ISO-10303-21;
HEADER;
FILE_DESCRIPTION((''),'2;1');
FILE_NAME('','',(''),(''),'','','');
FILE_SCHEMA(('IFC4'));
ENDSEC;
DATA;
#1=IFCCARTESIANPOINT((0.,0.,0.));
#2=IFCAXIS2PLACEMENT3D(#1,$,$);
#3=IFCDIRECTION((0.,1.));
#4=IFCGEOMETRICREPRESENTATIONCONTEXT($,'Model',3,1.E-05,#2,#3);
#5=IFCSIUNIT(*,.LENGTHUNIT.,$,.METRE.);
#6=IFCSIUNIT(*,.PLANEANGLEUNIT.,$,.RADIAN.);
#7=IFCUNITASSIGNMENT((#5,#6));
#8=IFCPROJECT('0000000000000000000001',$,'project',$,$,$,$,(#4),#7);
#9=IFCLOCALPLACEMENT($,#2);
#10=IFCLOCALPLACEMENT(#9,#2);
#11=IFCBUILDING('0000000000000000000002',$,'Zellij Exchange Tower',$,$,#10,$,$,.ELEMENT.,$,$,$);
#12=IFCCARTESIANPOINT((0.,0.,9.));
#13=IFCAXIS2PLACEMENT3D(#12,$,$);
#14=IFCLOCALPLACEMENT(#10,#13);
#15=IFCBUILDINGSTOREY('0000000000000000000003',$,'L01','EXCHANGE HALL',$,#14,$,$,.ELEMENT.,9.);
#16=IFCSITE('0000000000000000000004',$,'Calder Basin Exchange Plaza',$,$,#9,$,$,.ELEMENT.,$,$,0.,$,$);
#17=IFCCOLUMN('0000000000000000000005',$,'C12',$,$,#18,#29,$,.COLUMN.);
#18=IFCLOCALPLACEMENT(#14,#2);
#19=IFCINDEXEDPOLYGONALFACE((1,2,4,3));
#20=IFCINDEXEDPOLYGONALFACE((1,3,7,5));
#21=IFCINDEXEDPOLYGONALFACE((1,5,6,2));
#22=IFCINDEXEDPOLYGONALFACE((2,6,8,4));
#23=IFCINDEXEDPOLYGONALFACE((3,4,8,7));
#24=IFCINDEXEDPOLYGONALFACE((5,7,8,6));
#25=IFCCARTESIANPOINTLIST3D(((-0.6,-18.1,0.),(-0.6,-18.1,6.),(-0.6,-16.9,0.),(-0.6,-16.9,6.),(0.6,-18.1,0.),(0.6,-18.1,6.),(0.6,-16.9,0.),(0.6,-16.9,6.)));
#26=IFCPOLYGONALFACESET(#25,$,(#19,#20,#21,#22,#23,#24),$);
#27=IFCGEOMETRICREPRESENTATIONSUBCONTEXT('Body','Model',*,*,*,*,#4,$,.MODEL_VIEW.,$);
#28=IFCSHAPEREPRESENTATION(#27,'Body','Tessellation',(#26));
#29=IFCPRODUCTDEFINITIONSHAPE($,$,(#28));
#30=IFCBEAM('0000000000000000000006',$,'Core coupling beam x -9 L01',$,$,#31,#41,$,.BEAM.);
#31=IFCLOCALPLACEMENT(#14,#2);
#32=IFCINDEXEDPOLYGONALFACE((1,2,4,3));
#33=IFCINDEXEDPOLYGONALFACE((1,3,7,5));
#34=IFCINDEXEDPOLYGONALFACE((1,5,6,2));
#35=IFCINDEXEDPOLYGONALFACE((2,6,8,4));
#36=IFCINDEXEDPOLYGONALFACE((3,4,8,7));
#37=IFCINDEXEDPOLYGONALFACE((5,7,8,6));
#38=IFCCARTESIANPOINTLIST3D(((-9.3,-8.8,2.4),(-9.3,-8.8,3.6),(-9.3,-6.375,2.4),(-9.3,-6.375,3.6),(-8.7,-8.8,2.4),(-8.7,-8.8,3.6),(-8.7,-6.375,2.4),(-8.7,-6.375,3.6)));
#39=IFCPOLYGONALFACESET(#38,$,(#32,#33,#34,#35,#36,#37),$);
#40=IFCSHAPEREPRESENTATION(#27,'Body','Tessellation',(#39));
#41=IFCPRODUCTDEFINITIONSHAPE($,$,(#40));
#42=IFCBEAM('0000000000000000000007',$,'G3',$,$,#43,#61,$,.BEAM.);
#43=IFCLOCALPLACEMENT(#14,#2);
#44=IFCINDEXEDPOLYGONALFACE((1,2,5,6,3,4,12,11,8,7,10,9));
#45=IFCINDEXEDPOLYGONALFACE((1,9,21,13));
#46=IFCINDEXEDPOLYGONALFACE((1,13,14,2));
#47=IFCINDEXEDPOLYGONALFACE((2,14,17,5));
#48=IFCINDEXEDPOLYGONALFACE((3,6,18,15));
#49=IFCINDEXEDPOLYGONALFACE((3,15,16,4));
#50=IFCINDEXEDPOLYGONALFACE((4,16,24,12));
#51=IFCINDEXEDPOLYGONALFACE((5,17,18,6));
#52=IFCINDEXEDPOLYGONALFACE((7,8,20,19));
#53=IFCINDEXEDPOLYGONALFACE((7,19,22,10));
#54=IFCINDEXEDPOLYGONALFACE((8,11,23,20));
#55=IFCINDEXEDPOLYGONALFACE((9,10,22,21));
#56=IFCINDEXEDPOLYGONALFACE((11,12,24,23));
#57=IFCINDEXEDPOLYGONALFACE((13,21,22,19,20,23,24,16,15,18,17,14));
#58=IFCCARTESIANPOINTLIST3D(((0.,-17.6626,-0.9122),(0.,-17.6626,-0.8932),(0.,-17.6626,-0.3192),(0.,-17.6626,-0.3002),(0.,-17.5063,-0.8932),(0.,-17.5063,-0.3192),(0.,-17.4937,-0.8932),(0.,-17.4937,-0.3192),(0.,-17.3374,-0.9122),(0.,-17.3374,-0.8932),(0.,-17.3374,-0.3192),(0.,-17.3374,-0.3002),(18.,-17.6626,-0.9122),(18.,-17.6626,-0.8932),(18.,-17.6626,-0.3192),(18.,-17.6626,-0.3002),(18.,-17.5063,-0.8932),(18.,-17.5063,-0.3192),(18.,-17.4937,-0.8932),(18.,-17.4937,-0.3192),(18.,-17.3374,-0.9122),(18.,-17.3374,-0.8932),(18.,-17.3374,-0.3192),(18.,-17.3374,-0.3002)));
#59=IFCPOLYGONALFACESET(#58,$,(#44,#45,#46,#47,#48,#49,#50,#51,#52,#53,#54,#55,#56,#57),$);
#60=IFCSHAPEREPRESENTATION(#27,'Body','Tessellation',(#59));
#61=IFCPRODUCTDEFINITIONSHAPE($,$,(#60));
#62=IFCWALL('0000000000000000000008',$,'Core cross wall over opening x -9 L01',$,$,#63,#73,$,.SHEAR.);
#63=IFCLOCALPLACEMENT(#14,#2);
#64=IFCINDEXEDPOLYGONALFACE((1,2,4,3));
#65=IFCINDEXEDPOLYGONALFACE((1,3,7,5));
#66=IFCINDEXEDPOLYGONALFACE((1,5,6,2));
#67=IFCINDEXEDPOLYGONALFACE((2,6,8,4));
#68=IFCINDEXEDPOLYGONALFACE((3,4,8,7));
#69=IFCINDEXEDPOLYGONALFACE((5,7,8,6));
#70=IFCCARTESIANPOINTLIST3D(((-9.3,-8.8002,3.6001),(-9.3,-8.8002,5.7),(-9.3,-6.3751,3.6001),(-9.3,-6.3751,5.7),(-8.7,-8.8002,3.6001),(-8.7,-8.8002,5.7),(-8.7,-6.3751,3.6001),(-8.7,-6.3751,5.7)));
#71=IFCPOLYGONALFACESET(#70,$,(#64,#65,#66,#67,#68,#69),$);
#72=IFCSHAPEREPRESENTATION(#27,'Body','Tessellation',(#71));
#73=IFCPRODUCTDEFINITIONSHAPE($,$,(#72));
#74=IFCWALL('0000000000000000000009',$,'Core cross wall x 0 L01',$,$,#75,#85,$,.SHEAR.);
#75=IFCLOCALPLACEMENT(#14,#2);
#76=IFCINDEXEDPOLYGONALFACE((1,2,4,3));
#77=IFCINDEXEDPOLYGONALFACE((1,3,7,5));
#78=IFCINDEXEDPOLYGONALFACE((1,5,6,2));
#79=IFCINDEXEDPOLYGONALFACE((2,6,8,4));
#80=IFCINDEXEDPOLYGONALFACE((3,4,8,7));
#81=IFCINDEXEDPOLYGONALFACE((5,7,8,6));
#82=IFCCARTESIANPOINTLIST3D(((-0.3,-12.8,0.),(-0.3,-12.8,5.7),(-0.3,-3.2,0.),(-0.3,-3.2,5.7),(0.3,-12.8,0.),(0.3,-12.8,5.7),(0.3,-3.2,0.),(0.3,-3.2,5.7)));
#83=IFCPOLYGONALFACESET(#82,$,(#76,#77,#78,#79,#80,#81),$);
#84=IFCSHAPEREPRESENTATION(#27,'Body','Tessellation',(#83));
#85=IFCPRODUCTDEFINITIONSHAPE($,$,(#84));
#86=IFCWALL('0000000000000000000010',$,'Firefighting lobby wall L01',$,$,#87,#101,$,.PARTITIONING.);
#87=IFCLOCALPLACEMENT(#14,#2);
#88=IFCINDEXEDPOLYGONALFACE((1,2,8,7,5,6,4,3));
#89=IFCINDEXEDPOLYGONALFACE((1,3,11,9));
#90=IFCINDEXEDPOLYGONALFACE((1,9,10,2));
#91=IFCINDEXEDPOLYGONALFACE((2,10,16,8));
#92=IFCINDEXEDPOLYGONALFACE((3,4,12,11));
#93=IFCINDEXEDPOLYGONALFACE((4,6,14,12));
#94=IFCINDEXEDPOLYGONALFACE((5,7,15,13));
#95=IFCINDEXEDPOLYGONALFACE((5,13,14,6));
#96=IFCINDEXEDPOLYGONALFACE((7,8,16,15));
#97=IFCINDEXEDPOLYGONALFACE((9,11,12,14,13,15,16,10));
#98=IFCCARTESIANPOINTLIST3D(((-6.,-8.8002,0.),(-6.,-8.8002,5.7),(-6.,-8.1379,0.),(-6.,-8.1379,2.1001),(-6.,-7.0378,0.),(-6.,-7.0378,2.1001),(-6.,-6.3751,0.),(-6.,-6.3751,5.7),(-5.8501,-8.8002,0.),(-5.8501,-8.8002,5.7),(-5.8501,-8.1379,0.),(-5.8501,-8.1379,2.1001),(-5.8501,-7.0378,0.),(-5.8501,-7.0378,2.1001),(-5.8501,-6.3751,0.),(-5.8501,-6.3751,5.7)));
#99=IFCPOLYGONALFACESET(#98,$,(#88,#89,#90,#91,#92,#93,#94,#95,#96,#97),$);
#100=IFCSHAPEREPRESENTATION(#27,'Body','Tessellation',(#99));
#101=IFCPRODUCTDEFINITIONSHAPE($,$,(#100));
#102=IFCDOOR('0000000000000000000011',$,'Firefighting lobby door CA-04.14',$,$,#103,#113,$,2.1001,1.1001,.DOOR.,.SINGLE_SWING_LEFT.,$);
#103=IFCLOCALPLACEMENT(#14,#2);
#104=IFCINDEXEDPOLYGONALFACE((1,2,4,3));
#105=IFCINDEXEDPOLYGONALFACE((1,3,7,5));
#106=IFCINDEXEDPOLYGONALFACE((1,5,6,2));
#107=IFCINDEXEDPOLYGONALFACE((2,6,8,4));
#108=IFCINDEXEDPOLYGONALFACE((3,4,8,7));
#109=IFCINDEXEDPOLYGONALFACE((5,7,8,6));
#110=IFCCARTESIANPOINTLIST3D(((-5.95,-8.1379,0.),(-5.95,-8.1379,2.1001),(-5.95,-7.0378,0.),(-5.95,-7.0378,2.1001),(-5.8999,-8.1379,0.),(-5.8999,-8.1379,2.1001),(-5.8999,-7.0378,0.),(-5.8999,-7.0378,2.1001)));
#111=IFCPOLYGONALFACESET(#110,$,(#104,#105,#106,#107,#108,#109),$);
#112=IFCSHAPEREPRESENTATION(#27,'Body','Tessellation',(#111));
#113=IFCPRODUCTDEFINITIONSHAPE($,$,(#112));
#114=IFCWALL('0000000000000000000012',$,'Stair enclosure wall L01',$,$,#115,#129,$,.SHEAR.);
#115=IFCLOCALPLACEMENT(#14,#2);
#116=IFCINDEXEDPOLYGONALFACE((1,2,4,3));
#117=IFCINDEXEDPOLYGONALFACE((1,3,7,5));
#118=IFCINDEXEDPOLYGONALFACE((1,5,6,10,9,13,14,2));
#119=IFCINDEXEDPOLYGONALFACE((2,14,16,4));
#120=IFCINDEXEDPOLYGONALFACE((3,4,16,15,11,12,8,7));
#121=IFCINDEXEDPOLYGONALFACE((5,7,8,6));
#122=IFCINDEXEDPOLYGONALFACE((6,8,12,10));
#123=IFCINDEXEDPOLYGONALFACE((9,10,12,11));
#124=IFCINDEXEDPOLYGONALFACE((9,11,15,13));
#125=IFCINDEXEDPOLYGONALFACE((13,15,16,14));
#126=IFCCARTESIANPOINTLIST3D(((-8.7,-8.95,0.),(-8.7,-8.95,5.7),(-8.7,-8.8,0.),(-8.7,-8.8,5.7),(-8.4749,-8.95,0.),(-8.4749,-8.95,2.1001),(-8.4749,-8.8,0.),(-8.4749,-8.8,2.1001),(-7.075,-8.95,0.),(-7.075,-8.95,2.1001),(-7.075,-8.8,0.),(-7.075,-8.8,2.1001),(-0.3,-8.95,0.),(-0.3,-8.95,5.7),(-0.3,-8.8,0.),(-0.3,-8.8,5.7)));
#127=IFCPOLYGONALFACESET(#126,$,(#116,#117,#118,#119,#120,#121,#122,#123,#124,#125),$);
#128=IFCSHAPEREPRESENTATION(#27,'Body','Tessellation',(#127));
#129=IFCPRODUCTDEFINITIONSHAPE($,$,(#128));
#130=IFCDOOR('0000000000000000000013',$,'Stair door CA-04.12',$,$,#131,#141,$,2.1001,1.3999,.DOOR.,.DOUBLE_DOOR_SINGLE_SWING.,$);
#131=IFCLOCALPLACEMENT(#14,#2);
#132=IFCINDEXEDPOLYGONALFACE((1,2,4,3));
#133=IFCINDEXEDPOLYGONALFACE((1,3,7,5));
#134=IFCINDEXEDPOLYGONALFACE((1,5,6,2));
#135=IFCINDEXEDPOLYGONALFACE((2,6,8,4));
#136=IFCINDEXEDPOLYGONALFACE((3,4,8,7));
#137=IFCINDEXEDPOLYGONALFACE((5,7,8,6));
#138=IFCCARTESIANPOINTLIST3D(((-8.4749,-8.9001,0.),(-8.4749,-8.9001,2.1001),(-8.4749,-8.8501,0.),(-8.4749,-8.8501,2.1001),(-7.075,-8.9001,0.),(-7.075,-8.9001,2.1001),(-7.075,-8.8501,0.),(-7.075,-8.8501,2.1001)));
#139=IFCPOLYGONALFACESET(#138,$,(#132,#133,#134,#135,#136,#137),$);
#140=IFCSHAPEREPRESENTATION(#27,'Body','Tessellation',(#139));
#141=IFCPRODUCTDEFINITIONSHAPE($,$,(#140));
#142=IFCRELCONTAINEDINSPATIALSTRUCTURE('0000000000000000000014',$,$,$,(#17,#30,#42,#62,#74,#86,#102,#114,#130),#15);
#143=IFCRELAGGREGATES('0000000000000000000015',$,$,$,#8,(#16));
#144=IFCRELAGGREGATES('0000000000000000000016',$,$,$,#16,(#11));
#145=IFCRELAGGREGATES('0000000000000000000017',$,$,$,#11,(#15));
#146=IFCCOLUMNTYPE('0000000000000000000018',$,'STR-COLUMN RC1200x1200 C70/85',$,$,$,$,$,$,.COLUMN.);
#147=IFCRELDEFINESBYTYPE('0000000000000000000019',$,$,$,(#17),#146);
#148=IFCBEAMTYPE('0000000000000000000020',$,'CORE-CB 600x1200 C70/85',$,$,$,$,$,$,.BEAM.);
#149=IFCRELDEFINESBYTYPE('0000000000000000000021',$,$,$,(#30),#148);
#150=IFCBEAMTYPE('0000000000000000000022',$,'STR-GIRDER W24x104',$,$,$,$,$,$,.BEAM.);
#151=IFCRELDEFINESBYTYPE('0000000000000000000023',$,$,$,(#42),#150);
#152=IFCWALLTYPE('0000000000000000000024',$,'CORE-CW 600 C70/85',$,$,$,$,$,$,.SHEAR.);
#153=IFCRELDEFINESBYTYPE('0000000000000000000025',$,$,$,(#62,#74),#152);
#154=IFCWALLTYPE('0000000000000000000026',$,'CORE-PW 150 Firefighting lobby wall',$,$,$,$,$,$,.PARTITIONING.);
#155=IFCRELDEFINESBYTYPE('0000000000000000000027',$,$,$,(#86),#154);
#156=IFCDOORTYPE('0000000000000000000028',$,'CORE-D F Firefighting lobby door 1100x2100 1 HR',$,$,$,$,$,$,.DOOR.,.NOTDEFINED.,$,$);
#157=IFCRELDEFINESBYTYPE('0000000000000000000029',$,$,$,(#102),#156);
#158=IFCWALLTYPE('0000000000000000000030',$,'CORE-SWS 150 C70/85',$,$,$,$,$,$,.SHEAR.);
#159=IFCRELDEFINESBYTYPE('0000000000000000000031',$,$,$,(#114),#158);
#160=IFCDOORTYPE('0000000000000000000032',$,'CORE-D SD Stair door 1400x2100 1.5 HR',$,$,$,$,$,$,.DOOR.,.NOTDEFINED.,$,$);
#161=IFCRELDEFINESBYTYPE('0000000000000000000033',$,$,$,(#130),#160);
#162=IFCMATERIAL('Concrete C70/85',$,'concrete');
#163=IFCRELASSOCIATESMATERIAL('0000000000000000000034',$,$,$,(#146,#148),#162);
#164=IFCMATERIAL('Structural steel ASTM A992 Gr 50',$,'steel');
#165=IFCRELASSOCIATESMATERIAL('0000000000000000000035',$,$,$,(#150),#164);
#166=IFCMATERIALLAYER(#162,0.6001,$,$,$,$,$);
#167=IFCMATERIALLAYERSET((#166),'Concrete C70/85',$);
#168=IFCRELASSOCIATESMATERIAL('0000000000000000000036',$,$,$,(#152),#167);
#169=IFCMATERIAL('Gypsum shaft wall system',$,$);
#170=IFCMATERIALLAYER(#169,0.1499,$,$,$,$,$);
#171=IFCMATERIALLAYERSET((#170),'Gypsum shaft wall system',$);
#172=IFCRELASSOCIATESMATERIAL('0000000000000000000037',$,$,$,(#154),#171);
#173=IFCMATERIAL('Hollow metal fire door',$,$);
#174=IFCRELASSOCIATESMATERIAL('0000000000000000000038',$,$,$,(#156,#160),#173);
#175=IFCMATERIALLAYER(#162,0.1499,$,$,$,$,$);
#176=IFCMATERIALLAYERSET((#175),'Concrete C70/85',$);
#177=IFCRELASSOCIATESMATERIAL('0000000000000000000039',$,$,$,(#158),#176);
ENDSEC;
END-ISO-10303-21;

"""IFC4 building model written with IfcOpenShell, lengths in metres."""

from ifc_helpers import new_model, si_unit, direction, frame, frame_2d, origin, origin_2d, place, context, subcontext, project, spatial, rectangle, i_section, extrude, material, layer, layer_set, material_profile, profile_set, type_object, element, fill, save


model = new_model("IFC4")

# Units and contexts
model_context = context("Model", 3, precision=1e-05, world=origin(), true_north=direction((0.0, 1.0)))
body_context = subcontext(model_context, "Body", "Model", "MODEL_VIEW")
ifc_project = project(units=[si_unit("LENGTHUNIT", "METRE"), si_unit("PLANEANGLEUNIT", "RADIAN")], contexts=[model_context])

# Site, building, storey
site_placement = place(None, origin())
site = spatial("IfcSite", under=ifc_project, at=site_placement, Name="Calder Basin Exchange Plaza", CompositionType="ELEMENT", RefElevation=0.0)
building_placement = place(site_placement, origin())
building = spatial("IfcBuilding", under=site, at=building_placement, Name="Zellij Exchange Tower", CompositionType="ELEMENT")
storey_placement = place(building_placement, frame((0.0, 0.0, 9.0)))
storey = spatial("IfcBuildingStorey", under=building, at=storey_placement, Name="L01", Description="EXCHANGE HALL", CompositionType="ELEMENT", Elevation=9.0)

# Column
ifc_material_1 = material(Name="Concrete C70/85", Category="concrete")
ifc_material_profile_1 = material_profile(ifc_material_1, rectangle(XDim=1.2, YDim=1.2, at=origin_2d()), Name="STR-COLUMN RC1200x1200 C70/85")
ifc_profile_set_1 = profile_set([ifc_material_profile_1], Name="Concrete C70/85")
column_type = type_object("IfcColumnType", Name="STR-COLUMN RC1200x1200 C70/85", PredefinedType="COLUMN", material=ifc_profile_set_1)
column_placement = place(storey_placement, frame((0.0, -17.5, 0.0), z_axis=(0.0, 0.0, 1.0), x_axis=(1.0, 0.0, 0.0)))
element("IfcColumn", 1, at=column_placement, inside=storey, type_object=column_type, Name="C12", PredefinedType="COLUMN", context=body_context, shape_type="SweptSolid", body=[
    extrude(rectangle(XDim=1.2, YDim=1.2, at=origin_2d()), origin(), (0.0, 0.0, 1.0), 6.0),
])

# Beams
ifc_material_profile_2 = material_profile(ifc_material_1, rectangle(XDim=0.6001, YDim=1.2, at=origin_2d()), Name="CORE-CB 600x1200 C70/85")
ifc_profile_set_2 = profile_set([ifc_material_profile_2], Name="Concrete C70/85")
beam_type_1 = type_object("IfcBeamType", Name="CORE-CB 600x1200 C70/85", PredefinedType="BEAM", material=ifc_profile_set_2)
beam_1_placement = place(storey_placement, frame((-9.0, -8.8, 3.0), z_axis=(0.0, 1.0, 0.0), x_axis=(-1.0, 0.0, 0.0)))
element("IfcBeam", 2, at=beam_1_placement, inside=storey, type_object=beam_type_1, Name="Core coupling beam x -9 L01", PredefinedType="BEAM", context=body_context, shape_type="SweptSolid", body=[
    extrude(rectangle(XDim=0.6001, YDim=1.2, at=origin_2d()), origin(), (0.0, 0.0, 1.0), 2.425),
])
ifc_material_2 = material(Name="Structural steel ASTM A992 Gr 50", Category="steel")
ifc_material_profile_3 = material_profile(ifc_material_2, i_section(OverallWidth=0.3252, OverallDepth=0.6121, WebThickness=0.0127, FlangeThickness=0.019, at=origin_2d()), Name="W24x104")
ifc_profile_set_3 = profile_set([ifc_material_profile_3], Name="Structural steel ASTM A992 Gr 50")
beam_type_2 = type_object("IfcBeamType", Name="STR-GIRDER W24x104", PredefinedType="BEAM", material=ifc_profile_set_3)
beam_2_placement = place(storey_placement, frame((0.0, -17.5, -0.6062), z_axis=(1.0, 0.0, 0.0), x_axis=(0.0, 1.0, 0.0)))
element("IfcBeam", 3, at=beam_2_placement, inside=storey, type_object=beam_type_2, Name="G3", PredefinedType="BEAM", context=body_context, shape_type="SweptSolid", body=[
    extrude(i_section(OverallWidth=0.3252, OverallDepth=0.6121, WebThickness=0.0127, FlangeThickness=0.019, at=origin_2d()), origin(), (0.0, 0.0, 1.0), 18.0),
])

# Walls
ifc_layer_1 = layer(ifc_material_1, 0.6001)
ifc_layer_set_1 = layer_set([ifc_layer_1], Name="Concrete C70/85")
wall_type_1 = type_object("IfcWallType", Name="CORE-CW 600 C70/85", PredefinedType="SHEAR", material=ifc_layer_set_1)
wall_1_placement = place(storey_placement, frame((-9.0, -8.8, 3.6001), z_axis=(0.0, 0.0, 1.0), x_axis=(0.0, 1.0, 0.0)))
element("IfcWall", 4, at=wall_1_placement, inside=storey, type_object=wall_type_1, Name="Core cross wall over opening x -9 L01", PredefinedType="SHEAR", context=body_context, shape_type="SweptSolid", body=[
    extrude(rectangle(XDim=2.425, YDim=0.6001, at=frame_2d((1.2124, 0.0))), origin(), (0.0, 0.0, 1.0), 2.0999),
])
wall_2_placement = place(storey_placement, frame((0.0, -12.8, 0.0), z_axis=(0.0, 0.0, 1.0), x_axis=(0.0, 1.0, 0.0)))
element("IfcWall", 5, at=wall_2_placement, inside=storey, type_object=wall_type_1, Name="Core cross wall x 0 L01", PredefinedType="SHEAR", context=body_context, shape_type="SweptSolid", body=[
    extrude(rectangle(XDim=9.6001, YDim=0.6001, at=frame_2d((4.8, 0.0))), origin(), (0.0, 0.0, 1.0), 5.7),
])

# Walls, openings, doors
ifc_material_3 = material(Name="Gypsum shaft wall system")
ifc_layer_2 = layer(ifc_material_3, 0.1499)
ifc_layer_set_2 = layer_set([ifc_layer_2], Name="Gypsum shaft wall system")
wall_type_2 = type_object("IfcWallType", Name="CORE-PW 150 Firefighting lobby wall", PredefinedType="PARTITIONING", material=ifc_layer_set_2)
wall_3_placement = place(storey_placement, frame((-5.925, -8.8, 0.0), z_axis=(0.0, 0.0, 1.0), x_axis=(0.0, 1.0, 0.0)))
wall_3 = element("IfcWall", 6, at=wall_3_placement, inside=storey, type_object=wall_type_2, Name="Firefighting lobby wall L01", PredefinedType="PARTITIONING", context=body_context, shape_type="SweptSolid", body=[
    extrude(rectangle(XDim=2.425, YDim=0.1499, at=frame_2d((1.2124, 0.0))), origin(), (0.0, 0.0, 1.0), 5.7),
])
opening_1_placement = place(wall_3_placement, frame((0.6621, 0.0, 0.0)))
opening_1 = element("IfcOpeningElement", 7, at=opening_1_placement, cuts=wall_3, PredefinedType="OPENING", context=body_context, shape_type="SweptSolid", body=[
    extrude(rectangle(XDim=1.1001, YDim=2.1001, at=frame_2d((0.55, 1.05))), frame((0.0, 0.0869, 0.0), z_axis=(0.0, -1.0, 0.0), x_axis=(1.0, 0.0, 0.0)), (0.0, 0.0, 1.0), 0.1738),
])
ifc_material_4 = material(Name="Hollow metal fire door")
door_type_1 = type_object("IfcDoorType", Name="CORE-D F Firefighting lobby door 1100x2100 1 HR", OperationType="NOTDEFINED", PredefinedType="DOOR", material=ifc_material_4)
door_1_placement = place(opening_1_placement, origin())
door_1 = element("IfcDoor", 8, at=door_1_placement, inside=storey, type_object=door_type_1, Name="Firefighting lobby door CA-04.14", OperationType="SINGLE_SWING_LEFT", OverallHeight=2.1001, OverallWidth=1.1001, PredefinedType="DOOR", context=body_context, shape_type="SweptSolid", body=[
    extrude(rectangle(XDim=1.1001, YDim=2.1001, at=frame_2d((0.55, 1.05))), frame((0.0, 0.0249, 0.0), z_axis=(0.0, -1.0, 0.0), x_axis=(1.0, 0.0, 0.0)), (0.0, 0.0, 1.0), 0.05),
])
fill(opening_1, door_1)
ifc_layer_3 = layer(ifc_material_1, 0.1499)
ifc_layer_set_3 = layer_set([ifc_layer_3], Name="Concrete C70/85")
wall_type_3 = type_object("IfcWallType", Name="CORE-SWS 150 C70/85", PredefinedType="SHEAR", material=ifc_layer_set_3)
wall_4_placement = place(storey_placement, frame((-8.7, -8.875, 0.0), z_axis=(0.0, 0.0, 1.0), x_axis=(1.0, 0.0, 0.0)))
wall_4 = element("IfcWall", 9, at=wall_4_placement, inside=storey, type_object=wall_type_3, Name="Stair enclosure wall L01", PredefinedType="SHEAR", context=body_context, shape_type="SweptSolid", body=[
    extrude(rectangle(XDim=8.3999, YDim=0.1499, at=frame_2d((4.2, 0.0))), origin(), (0.0, 0.0, 1.0), 5.7),
])
opening_2_placement = place(wall_4_placement, frame((0.2251, 0.0, 0.0)))
opening_2 = element("IfcOpeningElement", 10, at=opening_2_placement, cuts=wall_4, PredefinedType="OPENING", context=body_context, shape_type="SweptSolid", body=[
    extrude(rectangle(XDim=1.3999, YDim=2.1001, at=frame_2d((0.7, 1.05))), frame((0.0, 0.0869, 0.0), z_axis=(0.0, -1.0, 0.0), x_axis=(1.0, 0.0, 0.0)), (0.0, 0.0, 1.0), 0.1738),
])
door_type_2 = type_object("IfcDoorType", Name="CORE-D SD Stair door 1400x2100 1.5 HR", OperationType="NOTDEFINED", PredefinedType="DOOR", material=ifc_material_4)
door_2_placement = place(opening_2_placement, origin())
door_2 = element("IfcDoor", 11, at=door_2_placement, inside=storey, type_object=door_type_2, Name="Stair door CA-04.12", OperationType="DOUBLE_DOOR_SINGLE_SWING", OverallHeight=2.1001, OverallWidth=1.3999, PredefinedType="DOOR", context=body_context, shape_type="SweptSolid", body=[
    extrude(rectangle(XDim=1.3999, YDim=2.1001, at=frame_2d((0.7, 1.05))), frame((0.0, 0.0249, 0.0), z_axis=(0.0, -1.0, 0.0), x_axis=(1.0, 0.0, 0.0)), (0.0, 0.0, 1.0), 0.05),
])
fill(opening_2, door_2)

save(model, "model.ifc")
